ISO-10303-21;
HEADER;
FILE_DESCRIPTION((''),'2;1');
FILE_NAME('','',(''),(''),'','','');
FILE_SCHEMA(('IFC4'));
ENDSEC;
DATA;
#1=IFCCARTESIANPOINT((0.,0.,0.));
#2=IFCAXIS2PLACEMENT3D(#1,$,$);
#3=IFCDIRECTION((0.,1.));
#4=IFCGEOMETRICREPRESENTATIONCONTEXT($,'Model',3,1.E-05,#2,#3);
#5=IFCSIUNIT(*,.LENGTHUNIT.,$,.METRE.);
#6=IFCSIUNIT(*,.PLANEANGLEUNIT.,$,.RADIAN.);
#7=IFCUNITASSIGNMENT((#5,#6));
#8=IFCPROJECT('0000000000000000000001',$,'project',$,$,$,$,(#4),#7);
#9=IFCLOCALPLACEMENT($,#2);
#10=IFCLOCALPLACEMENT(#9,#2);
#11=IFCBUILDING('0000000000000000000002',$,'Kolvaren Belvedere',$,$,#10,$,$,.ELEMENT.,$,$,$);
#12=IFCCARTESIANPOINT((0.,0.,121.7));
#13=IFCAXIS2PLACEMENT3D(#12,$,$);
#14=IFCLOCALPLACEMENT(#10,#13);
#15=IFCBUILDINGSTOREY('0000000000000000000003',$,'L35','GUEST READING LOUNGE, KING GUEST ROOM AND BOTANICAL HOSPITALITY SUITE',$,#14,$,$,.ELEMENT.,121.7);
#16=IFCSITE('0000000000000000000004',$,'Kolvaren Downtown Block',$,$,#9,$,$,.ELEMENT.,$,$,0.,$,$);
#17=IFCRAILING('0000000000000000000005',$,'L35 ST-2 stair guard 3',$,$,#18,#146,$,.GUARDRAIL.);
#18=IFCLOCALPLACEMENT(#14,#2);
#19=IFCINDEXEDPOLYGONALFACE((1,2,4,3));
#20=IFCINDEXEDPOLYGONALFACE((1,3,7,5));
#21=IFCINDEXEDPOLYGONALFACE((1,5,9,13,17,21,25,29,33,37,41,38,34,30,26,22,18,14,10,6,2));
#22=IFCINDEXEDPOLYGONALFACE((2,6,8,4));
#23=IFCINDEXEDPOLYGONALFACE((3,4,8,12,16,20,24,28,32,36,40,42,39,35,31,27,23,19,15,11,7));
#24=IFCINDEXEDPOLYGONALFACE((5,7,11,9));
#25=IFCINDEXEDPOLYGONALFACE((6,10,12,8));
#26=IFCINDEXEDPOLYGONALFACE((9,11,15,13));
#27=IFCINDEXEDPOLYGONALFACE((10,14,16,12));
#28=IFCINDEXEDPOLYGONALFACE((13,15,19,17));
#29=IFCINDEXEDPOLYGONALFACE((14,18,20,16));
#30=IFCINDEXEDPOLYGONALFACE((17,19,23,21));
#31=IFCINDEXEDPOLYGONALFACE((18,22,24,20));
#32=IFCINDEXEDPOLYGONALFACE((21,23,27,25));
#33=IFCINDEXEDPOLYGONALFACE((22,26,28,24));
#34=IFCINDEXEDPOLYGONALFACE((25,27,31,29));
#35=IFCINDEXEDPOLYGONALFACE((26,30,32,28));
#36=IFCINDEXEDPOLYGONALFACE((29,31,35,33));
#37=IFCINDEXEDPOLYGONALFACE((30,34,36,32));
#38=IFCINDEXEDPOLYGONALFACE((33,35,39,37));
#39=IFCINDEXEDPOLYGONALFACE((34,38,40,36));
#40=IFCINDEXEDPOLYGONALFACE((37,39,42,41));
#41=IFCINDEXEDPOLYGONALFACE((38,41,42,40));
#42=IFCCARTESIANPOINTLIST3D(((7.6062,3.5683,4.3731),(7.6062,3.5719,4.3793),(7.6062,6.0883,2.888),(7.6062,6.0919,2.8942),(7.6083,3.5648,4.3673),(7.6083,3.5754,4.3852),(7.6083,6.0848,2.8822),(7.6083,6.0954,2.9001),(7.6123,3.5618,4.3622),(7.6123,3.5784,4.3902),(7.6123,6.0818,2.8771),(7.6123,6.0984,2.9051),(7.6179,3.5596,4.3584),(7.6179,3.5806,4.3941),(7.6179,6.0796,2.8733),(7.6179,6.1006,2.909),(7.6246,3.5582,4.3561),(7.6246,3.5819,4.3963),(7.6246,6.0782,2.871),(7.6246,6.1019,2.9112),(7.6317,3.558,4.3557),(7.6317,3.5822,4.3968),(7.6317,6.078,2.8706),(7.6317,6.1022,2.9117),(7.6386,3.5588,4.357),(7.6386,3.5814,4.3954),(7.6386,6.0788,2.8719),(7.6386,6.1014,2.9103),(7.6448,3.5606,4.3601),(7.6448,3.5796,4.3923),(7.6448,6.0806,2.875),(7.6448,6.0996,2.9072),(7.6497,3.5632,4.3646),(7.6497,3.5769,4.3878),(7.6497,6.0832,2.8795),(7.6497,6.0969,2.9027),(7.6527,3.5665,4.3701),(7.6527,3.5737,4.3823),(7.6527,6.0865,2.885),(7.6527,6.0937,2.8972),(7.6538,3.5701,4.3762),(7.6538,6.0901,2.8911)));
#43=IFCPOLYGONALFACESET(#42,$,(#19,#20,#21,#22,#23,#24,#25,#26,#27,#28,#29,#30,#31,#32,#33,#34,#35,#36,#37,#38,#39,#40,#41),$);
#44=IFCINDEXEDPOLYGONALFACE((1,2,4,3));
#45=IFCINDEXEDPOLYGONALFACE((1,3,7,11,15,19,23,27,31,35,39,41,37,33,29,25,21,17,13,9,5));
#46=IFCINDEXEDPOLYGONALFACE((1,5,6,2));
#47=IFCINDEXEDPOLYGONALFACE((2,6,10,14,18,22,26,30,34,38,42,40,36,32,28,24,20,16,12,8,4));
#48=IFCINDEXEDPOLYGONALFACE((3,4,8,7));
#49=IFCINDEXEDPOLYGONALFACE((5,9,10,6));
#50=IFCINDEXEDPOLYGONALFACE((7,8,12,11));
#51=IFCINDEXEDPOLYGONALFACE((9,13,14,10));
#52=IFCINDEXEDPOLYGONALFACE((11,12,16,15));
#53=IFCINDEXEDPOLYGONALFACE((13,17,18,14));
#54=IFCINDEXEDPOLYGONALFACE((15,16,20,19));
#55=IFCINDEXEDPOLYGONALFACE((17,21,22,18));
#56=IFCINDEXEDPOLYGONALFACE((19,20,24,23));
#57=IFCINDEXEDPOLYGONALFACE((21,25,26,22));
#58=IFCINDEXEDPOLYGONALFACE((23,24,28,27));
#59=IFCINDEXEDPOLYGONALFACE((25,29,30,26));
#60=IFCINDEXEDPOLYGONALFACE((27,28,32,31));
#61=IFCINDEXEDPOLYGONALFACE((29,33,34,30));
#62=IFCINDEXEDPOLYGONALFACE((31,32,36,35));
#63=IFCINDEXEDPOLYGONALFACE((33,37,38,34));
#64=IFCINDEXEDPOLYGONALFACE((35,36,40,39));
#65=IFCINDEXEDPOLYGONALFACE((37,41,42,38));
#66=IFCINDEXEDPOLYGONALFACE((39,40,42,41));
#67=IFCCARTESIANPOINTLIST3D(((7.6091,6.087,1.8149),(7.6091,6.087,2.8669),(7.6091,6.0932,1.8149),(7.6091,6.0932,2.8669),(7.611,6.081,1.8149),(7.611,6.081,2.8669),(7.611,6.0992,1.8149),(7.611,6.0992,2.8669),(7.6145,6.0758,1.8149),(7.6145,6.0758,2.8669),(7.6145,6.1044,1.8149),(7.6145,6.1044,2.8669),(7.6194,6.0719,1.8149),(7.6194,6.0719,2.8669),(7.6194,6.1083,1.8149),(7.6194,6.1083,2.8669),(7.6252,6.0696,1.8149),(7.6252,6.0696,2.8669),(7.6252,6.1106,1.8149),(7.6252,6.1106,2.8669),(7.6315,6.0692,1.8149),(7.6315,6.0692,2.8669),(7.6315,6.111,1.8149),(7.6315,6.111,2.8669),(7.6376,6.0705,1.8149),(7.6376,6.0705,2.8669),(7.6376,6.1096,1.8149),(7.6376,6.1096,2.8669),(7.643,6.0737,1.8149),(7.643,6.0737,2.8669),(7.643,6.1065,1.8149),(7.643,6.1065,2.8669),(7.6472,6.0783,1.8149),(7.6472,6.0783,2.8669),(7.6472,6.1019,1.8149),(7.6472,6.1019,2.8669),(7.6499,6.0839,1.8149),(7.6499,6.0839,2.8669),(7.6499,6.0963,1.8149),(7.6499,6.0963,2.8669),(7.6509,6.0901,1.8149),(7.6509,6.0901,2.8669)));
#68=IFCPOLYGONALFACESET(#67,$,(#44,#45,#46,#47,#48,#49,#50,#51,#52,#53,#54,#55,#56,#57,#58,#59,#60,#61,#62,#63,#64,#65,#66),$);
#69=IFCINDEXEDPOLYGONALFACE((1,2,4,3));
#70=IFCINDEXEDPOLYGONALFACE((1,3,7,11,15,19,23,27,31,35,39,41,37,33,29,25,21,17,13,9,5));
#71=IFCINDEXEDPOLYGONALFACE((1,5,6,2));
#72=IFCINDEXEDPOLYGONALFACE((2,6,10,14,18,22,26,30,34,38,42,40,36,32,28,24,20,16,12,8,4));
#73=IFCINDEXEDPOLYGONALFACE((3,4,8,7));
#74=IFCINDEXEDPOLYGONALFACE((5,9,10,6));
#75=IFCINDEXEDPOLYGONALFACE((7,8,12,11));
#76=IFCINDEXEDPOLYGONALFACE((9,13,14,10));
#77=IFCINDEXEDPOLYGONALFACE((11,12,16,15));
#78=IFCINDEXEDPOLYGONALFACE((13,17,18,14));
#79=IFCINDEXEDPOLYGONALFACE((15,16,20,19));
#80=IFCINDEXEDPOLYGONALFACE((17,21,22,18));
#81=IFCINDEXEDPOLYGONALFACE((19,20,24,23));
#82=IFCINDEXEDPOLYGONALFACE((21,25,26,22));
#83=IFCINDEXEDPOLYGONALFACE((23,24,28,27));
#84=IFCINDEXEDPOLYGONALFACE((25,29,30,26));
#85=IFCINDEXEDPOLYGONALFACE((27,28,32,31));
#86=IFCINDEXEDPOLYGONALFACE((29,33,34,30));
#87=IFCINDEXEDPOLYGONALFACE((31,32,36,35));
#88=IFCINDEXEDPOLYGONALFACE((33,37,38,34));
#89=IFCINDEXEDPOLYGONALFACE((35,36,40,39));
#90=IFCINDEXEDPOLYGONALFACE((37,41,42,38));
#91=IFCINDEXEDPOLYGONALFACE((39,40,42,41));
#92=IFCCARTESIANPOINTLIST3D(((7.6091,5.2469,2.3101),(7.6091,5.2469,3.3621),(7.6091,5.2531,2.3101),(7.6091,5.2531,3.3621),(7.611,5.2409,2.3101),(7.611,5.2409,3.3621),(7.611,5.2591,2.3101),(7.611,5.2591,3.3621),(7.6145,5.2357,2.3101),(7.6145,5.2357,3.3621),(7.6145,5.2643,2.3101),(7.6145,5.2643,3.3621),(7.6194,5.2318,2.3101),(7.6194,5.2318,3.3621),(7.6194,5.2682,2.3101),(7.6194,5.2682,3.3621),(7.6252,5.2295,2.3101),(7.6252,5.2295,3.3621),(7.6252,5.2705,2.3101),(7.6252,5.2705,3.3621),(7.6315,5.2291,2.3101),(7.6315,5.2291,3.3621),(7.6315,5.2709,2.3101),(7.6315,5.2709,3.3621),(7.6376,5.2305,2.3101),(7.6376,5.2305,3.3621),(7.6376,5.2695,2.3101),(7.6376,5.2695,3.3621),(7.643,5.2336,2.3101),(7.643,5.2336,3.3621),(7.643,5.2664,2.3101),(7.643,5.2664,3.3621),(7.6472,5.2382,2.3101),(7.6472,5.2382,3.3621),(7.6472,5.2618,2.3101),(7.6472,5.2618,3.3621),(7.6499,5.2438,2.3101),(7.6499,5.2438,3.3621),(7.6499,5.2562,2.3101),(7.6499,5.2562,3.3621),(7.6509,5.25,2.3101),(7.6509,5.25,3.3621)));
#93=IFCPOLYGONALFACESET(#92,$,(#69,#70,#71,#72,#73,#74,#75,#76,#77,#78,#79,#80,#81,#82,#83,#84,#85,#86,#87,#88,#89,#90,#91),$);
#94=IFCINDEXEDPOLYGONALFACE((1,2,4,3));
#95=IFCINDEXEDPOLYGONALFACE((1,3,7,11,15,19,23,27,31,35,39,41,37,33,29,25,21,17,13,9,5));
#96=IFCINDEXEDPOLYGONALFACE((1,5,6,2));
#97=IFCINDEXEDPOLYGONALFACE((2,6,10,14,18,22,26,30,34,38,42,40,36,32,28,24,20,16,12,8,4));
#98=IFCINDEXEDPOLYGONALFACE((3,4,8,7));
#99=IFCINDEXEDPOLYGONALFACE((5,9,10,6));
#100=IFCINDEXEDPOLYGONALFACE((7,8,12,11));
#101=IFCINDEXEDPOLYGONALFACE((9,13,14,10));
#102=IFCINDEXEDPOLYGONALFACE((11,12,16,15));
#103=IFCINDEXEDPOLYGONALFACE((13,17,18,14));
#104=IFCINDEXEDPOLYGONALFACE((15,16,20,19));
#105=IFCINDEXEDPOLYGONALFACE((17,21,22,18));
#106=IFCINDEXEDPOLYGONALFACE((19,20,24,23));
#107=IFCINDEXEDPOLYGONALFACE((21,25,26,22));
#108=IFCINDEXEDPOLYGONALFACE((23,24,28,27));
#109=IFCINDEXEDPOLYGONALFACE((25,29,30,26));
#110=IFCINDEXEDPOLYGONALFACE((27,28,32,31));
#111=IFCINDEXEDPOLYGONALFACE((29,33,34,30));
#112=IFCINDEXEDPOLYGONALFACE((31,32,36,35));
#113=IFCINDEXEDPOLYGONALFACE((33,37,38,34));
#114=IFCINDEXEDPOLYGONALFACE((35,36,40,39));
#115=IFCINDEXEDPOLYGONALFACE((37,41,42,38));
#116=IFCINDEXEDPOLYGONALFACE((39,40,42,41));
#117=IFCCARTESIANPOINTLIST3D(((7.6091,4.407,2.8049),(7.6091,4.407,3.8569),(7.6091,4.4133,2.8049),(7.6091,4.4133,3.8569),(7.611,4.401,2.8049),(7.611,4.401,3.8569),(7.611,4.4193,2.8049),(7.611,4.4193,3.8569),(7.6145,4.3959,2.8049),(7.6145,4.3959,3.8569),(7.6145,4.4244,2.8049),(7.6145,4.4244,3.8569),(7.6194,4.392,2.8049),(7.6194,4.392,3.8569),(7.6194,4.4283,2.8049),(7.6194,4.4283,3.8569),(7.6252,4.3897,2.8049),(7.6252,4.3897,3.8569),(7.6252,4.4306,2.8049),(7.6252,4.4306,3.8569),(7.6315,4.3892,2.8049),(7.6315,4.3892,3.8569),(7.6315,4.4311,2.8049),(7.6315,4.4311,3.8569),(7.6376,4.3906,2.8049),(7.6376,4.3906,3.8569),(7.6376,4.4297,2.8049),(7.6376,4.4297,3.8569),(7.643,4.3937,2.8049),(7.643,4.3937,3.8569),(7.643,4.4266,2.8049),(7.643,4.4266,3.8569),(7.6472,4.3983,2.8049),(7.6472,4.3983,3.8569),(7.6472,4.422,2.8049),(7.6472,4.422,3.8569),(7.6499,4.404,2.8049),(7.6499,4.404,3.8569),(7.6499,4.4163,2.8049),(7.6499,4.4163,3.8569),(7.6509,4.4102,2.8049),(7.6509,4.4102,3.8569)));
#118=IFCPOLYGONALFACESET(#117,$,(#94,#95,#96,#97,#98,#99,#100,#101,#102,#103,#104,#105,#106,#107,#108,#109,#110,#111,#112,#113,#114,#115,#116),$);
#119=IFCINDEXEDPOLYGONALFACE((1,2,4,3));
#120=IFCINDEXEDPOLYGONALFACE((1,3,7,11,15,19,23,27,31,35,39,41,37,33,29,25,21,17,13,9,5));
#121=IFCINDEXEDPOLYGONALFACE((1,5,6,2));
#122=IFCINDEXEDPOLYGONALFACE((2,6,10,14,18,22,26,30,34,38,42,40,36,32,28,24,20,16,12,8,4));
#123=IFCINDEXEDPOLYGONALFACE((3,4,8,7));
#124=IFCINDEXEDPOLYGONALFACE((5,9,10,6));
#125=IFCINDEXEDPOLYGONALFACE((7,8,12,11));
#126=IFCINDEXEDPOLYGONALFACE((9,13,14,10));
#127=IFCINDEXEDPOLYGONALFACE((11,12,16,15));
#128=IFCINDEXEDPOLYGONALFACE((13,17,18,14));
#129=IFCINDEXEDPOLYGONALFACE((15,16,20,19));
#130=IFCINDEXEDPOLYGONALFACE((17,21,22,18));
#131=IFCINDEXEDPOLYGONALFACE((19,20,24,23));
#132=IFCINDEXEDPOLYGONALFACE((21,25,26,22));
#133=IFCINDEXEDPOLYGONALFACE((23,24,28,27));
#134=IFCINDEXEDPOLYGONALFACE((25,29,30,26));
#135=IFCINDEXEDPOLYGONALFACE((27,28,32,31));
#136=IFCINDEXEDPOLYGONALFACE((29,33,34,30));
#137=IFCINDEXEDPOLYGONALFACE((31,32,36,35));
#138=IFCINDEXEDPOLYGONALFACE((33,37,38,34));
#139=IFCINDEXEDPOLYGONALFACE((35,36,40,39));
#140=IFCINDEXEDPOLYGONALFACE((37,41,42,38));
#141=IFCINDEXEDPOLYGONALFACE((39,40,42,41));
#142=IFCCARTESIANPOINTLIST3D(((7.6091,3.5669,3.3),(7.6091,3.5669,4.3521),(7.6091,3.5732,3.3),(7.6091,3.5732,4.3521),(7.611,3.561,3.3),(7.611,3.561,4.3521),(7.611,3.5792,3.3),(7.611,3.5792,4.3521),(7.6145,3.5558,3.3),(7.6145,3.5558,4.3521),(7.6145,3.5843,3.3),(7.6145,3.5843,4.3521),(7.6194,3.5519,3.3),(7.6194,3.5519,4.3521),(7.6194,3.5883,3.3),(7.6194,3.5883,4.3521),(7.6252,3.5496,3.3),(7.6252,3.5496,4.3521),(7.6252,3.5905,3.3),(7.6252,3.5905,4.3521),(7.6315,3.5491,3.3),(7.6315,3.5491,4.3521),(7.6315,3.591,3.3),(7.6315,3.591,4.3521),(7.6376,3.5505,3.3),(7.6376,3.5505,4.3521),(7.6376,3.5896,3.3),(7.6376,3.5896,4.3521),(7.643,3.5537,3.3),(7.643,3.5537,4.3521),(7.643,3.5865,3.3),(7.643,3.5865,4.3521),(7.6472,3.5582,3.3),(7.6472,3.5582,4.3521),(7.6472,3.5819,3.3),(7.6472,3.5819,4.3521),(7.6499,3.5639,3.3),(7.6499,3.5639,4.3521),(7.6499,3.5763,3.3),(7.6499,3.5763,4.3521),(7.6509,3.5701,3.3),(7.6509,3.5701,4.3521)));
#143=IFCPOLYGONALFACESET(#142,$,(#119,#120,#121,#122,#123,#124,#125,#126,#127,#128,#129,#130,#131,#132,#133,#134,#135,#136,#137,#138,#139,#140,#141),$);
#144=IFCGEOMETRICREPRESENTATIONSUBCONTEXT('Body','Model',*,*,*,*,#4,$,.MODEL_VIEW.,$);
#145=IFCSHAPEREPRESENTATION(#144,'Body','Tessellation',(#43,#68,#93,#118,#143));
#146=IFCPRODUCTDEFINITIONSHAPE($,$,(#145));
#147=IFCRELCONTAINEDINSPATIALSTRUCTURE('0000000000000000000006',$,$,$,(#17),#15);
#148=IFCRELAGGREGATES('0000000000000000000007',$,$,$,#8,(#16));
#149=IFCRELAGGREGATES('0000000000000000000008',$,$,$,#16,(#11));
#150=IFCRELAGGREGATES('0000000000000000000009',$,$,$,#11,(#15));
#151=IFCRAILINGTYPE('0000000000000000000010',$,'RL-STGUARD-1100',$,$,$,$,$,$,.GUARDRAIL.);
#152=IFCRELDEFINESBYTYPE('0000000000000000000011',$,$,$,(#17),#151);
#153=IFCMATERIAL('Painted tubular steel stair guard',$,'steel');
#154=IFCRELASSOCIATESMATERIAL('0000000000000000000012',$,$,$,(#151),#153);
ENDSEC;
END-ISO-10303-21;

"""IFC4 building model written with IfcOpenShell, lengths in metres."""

from ifc_helpers import new_model, si_unit, direction, frame, origin, origin_2d, place, context, subcontext, project, spatial, circle, extrude, material, type_object, element, save


model = new_model("IFC4")

# Units and contexts
model_context = context("Model", 3, precision=1e-05, world=origin(), true_north=direction((0.0, 1.0)))
body_context = subcontext(model_context, "Body", "Model", "MODEL_VIEW")
ifc_project = project(units=[si_unit("LENGTHUNIT", "METRE"), si_unit("PLANEANGLEUNIT", "RADIAN")], contexts=[model_context])

# Site, building, storey
site_placement = place(None, origin())
site = spatial("IfcSite", under=ifc_project, at=site_placement, Name="Kolvaren Downtown Block", CompositionType="ELEMENT", RefElevation=0.0)
building_placement = place(site_placement, origin())
building = spatial("IfcBuilding", under=site, at=building_placement, Name="Kolvaren Belvedere", CompositionType="ELEMENT")
storey_placement = place(building_placement, frame((0.0, 0.0, 121.7)))
storey = spatial("IfcBuildingStorey", under=building, at=storey_placement, Name="L35", Description="GUEST READING LOUNGE, KING GUEST ROOM AND BOTANICAL HOSPITALITY SUITE", CompositionType="ELEMENT", Elevation=121.7)

# Railing
ifc_material_1 = material(Name="Painted tubular steel stair guard", Category="steel")
railing_type_1 = type_object("IfcRailingType", Name="RL-STGUARD-1100", PredefinedType="GUARDRAIL", material=ifc_material_1)
railing_1_placement = place(storey_placement, frame((7.6299, 6.0901, 1.8149)))
element("IfcRailing", 1, at=railing_1_placement, inside=storey, type_object=railing_type_1, Name="L35 ST-2 stair guard 3", PredefinedType="GUARDRAIL", context=body_context, shape_type="SweptSolid", body=[
    extrude(circle(Radius=0.0239, at=origin_2d()), frame((0.0, 0.0, 1.0762), z_axis=(0.0, -0.861524, 0.507717), x_axis=(1.0, 0.0, 0.0)), (0.0, 0.0, 1.0), 2.925),
    extrude(circle(Radius=0.021, at=origin_2d()), origin(), (0.0, 0.0, 1.0), 1.052),
    extrude(circle(Radius=0.021, at=origin_2d()), frame((0.0, -0.8401, 0.4951)), (0.0, 0.0, 1.0), 1.052),
    extrude(circle(Radius=0.021, at=origin_2d()), frame((0.0, -1.6799, 0.99)), (0.0, 0.0, 1.0), 1.052),
    extrude(circle(Radius=0.021, at=origin_2d()), frame((0.0, -2.52, 1.4851)), (0.0, 0.0, 1.0), 1.052),
])

save(model, "model.ifc")
